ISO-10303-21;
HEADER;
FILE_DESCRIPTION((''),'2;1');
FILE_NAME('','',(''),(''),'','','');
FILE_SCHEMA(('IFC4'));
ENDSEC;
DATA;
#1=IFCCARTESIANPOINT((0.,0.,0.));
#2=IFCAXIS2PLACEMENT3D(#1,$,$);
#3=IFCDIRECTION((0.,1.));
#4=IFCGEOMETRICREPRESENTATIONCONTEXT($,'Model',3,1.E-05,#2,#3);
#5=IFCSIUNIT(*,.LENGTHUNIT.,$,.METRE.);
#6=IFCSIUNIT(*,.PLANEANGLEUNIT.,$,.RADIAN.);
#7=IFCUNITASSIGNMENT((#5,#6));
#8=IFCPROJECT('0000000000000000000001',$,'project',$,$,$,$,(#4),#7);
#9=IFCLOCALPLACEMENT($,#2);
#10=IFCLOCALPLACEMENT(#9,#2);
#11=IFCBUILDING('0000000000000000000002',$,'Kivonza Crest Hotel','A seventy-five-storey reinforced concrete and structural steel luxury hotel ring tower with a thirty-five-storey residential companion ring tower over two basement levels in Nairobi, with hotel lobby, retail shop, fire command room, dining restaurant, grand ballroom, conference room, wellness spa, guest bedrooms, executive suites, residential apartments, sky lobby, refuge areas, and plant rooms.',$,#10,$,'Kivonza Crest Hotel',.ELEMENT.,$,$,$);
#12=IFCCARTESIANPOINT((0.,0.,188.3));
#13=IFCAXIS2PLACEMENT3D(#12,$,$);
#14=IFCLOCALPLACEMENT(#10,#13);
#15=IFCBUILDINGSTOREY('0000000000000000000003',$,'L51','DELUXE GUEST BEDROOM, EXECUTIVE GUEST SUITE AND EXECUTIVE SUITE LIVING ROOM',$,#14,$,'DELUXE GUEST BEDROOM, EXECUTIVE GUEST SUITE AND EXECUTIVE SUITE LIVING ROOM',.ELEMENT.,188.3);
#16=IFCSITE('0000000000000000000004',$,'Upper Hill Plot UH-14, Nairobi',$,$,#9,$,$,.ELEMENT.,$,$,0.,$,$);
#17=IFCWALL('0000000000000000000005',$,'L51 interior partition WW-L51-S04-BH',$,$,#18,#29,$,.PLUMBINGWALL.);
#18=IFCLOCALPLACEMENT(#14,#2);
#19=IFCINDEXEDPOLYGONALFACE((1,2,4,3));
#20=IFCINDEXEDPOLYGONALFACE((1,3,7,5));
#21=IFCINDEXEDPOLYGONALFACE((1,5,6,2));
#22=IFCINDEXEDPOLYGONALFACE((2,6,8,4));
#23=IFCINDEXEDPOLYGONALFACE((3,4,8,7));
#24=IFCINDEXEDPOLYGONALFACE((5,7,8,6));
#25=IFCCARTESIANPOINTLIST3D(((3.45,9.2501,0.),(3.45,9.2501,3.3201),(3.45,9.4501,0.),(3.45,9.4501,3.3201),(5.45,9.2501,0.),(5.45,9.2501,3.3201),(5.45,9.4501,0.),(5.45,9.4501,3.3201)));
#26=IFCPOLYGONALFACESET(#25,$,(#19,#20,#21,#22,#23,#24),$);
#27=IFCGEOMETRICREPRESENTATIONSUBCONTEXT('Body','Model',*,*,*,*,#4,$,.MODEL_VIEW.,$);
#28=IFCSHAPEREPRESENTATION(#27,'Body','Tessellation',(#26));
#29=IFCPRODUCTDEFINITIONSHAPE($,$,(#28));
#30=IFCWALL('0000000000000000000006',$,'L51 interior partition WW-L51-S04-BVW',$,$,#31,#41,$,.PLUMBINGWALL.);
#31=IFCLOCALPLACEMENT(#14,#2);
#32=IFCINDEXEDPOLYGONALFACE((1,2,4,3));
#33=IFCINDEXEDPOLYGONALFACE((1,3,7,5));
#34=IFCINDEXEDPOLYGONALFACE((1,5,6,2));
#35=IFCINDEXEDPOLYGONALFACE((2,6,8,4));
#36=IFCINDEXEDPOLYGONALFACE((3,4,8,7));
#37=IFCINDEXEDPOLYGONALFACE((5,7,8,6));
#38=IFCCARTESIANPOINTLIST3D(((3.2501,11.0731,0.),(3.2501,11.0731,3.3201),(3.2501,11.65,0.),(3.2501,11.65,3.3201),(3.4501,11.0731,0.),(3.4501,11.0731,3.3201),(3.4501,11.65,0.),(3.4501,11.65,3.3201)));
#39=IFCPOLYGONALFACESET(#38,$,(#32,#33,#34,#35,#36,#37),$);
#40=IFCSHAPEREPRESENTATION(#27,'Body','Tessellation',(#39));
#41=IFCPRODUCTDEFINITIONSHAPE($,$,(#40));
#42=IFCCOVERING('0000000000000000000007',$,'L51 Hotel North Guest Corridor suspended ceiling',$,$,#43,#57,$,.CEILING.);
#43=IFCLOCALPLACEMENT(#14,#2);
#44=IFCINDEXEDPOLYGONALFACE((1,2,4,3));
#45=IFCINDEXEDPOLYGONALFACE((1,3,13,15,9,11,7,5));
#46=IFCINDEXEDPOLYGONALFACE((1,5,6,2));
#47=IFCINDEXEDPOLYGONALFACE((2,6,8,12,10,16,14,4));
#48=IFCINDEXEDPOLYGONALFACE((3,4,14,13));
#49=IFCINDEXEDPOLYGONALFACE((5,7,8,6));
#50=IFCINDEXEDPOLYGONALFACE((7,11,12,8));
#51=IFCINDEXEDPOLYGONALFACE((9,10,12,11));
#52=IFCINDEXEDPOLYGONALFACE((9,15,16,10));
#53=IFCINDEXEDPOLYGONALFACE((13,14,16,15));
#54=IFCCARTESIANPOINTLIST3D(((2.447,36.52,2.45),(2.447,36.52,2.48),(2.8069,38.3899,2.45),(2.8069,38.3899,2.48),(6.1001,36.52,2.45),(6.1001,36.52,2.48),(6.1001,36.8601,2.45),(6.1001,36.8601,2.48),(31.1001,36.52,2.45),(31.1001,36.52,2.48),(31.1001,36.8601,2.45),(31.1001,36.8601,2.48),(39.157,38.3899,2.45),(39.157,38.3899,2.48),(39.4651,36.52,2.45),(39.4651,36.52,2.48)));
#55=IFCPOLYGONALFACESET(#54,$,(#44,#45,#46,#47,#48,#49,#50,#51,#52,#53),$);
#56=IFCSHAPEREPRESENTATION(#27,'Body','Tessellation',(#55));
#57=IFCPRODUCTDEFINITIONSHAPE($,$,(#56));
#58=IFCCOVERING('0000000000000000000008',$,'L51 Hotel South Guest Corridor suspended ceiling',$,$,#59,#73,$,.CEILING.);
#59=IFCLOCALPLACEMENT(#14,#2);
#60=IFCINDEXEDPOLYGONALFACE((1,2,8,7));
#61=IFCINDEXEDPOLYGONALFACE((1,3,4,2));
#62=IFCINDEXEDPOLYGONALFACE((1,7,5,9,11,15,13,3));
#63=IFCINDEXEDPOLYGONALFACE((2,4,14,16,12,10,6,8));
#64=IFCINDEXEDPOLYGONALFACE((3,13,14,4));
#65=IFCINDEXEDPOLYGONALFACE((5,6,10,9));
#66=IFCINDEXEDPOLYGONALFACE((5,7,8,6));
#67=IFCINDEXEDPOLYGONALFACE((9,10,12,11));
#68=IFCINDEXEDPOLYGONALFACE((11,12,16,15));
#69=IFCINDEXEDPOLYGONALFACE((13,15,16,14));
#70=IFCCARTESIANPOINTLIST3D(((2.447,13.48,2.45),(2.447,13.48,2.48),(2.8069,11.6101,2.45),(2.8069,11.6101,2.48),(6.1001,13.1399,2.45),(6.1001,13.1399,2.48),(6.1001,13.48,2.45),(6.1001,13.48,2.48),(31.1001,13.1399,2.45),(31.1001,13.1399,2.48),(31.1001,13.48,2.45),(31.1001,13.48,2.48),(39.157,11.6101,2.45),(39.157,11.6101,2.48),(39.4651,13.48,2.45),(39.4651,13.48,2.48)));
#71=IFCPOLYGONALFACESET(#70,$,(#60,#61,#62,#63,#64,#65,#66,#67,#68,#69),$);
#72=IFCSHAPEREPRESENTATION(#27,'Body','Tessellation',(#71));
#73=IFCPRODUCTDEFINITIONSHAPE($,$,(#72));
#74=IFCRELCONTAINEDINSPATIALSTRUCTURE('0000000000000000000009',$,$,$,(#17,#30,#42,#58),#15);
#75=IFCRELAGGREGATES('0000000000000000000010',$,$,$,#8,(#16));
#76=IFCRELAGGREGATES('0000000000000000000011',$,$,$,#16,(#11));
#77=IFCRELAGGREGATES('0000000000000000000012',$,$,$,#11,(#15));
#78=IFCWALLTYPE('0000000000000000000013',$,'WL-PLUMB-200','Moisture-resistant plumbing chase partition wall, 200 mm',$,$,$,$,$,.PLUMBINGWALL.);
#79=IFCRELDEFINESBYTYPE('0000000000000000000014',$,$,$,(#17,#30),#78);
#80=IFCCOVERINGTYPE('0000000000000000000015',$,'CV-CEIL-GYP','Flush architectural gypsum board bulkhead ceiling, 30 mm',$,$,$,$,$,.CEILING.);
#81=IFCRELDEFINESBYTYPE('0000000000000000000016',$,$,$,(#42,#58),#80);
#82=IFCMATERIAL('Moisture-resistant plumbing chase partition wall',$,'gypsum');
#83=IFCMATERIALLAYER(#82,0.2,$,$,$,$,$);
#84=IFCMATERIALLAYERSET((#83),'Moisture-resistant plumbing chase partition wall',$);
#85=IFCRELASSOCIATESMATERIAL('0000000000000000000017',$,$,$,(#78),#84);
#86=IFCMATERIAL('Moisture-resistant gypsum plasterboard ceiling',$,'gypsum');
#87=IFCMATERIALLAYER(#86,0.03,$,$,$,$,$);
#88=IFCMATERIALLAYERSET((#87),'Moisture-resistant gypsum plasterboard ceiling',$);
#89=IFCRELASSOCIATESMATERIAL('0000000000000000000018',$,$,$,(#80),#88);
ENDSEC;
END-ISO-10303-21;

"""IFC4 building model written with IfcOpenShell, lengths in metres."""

from ifc_helpers import new_model, si_unit, direction, frame, frame_2d, origin, place, context, subcontext, project, spatial, polyline, rectangle, outline, extrude, material, layer, layer_set, type_object, element, save


model = new_model("IFC4")

# Units and contexts
model_context = context("Model", 3, precision=1e-05, world=origin(), true_north=direction((0.0, 1.0)))
body_context = subcontext(model_context, "Body", "Model", "MODEL_VIEW")
ifc_project = project(units=[si_unit("LENGTHUNIT", "METRE"), si_unit("PLANEANGLEUNIT", "RADIAN")], contexts=[model_context])

# Site, building, storey
site_placement = place(None, origin())
site = spatial("IfcSite", under=ifc_project, at=site_placement, Name="Upper Hill Plot UH-14, Nairobi", CompositionType="ELEMENT", RefElevation=0.0)
building_placement = place(site_placement, origin())
building = spatial("IfcBuilding", under=site, at=building_placement, Name="Kivonza Crest Hotel", Description="A seventy-five-storey reinforced concrete and structural steel luxury hotel ring tower with a thirty-five-storey residential companion ring tower over two basement levels in Nairobi, with hotel lobby, retail shop, fire command room, dining restaurant, grand ballroom, conference room, wellness spa, guest bedrooms, executive suites, residential apartments, sky lobby, refuge areas, and plant rooms.", LongName="Kivonza Crest Hotel", CompositionType="ELEMENT")
storey_placement = place(building_placement, frame((0.0, 0.0, 188.3)))
storey = spatial("IfcBuildingStorey", under=building, at=storey_placement, Name="L51", Description="DELUXE GUEST BEDROOM, EXECUTIVE GUEST SUITE AND EXECUTIVE SUITE LIVING ROOM", LongName="DELUXE GUEST BEDROOM, EXECUTIVE GUEST SUITE AND EXECUTIVE SUITE LIVING ROOM", CompositionType="ELEMENT", Elevation=188.3)

# Shared definitions
ifc_material_1 = material(Name="Moisture-resistant plumbing chase partition wall", Category="gypsum")
ifc_layer_1 = layer(ifc_material_1, 0.2)
ifc_layer_set_1 = layer_set([ifc_layer_1], Name="Moisture-resistant plumbing chase partition wall")
wall_type_1 = type_object("IfcWallType", Name="WL-PLUMB-200", Description="Moisture-resistant plumbing chase partition wall, 200 mm", PredefinedType="PLUMBINGWALL", material=ifc_layer_set_1)

# Walls
wall_1_placement = place(storey_placement, frame((3.45, 9.3501, 0.0), z_axis=(0.0, 0.0, 1.0), x_axis=(1.0, 0.0, 0.0)))
element("IfcWall", 1, at=wall_1_placement, inside=storey, type_object=wall_type_1, Name="L51 interior partition WW-L51-S04-BH", PredefinedType="PLUMBINGWALL", context=body_context, shape_type="SweptSolid", body=[
    extrude(rectangle(XDim=2.0, YDim=0.2, at=frame_2d((1.0, 0.0))), origin(), (0.0, 0.0, 1.0), 3.3201),
])
wall_2_placement = place(storey_placement, frame((3.3501, 11.073, 0.0), z_axis=(0.0, 0.0, 1.0), x_axis=(0.0, 1.0, 0.0)))
element("IfcWall", 2, at=wall_2_placement, inside=storey, type_object=wall_type_1, Name="L51 interior partition WW-L51-S04-BVW", PredefinedType="PLUMBINGWALL", context=body_context, shape_type="SweptSolid", body=[
    extrude(rectangle(XDim=0.5769, YDim=0.2, at=frame_2d((0.2886, 0.0))), origin(), (0.0, 0.0, 1.0), 3.3201),
])

# Coverings
ifc_material_2 = material(Name="Moisture-resistant gypsum plasterboard ceiling", Category="gypsum")
ifc_layer_2 = layer(ifc_material_2, 0.03)
ifc_layer_set_2 = layer_set([ifc_layer_2], Name="Moisture-resistant gypsum plasterboard ceiling")
covering_type = type_object("IfcCoveringType", Name="CV-CEIL-GYP", Description="Flush architectural gypsum board bulkhead ceiling, 30 mm", PredefinedType="CEILING", material=ifc_layer_set_2)
covering_1_placement = place(storey_placement, frame((0.0, 0.0, 2.45)))
element("IfcCovering", 3, at=covering_1_placement, inside=storey, type_object=covering_type, Name="L51 Hotel North Guest Corridor suspended ceiling", PredefinedType="CEILING", context=body_context, shape_type="SweptSolid", body=[
    extrude(outline(polyline([(2.8069, 38.3899), (2.447, 36.52), (6.1001, 36.52), (6.1001, 36.8601), (31.1001, 36.8601), (31.1001, 36.52), (39.4651, 36.52), (39.157, 38.3899), (2.8069, 38.3899)])), origin(), (0.0, 0.0, 1.0), 0.03),
])
covering_2_placement = place(storey_placement, frame((0.0, 0.0, 2.45)))
element("IfcCovering", 4, at=covering_2_placement, inside=storey, type_object=covering_type, Name="L51 Hotel South Guest Corridor suspended ceiling", PredefinedType="CEILING", context=body_context, shape_type="SweptSolid", body=[
    extrude(outline(polyline([(2.447, 13.48), (2.8069, 11.6101), (39.157, 11.6101), (39.4651, 13.48), (31.1001, 13.48), (31.1001, 13.1399), (6.1001, 13.1399), (6.1001, 13.48), (2.447, 13.48)])), origin(), (0.0, 0.0, 1.0), 0.03),
])

save(model, "model.ifc")
